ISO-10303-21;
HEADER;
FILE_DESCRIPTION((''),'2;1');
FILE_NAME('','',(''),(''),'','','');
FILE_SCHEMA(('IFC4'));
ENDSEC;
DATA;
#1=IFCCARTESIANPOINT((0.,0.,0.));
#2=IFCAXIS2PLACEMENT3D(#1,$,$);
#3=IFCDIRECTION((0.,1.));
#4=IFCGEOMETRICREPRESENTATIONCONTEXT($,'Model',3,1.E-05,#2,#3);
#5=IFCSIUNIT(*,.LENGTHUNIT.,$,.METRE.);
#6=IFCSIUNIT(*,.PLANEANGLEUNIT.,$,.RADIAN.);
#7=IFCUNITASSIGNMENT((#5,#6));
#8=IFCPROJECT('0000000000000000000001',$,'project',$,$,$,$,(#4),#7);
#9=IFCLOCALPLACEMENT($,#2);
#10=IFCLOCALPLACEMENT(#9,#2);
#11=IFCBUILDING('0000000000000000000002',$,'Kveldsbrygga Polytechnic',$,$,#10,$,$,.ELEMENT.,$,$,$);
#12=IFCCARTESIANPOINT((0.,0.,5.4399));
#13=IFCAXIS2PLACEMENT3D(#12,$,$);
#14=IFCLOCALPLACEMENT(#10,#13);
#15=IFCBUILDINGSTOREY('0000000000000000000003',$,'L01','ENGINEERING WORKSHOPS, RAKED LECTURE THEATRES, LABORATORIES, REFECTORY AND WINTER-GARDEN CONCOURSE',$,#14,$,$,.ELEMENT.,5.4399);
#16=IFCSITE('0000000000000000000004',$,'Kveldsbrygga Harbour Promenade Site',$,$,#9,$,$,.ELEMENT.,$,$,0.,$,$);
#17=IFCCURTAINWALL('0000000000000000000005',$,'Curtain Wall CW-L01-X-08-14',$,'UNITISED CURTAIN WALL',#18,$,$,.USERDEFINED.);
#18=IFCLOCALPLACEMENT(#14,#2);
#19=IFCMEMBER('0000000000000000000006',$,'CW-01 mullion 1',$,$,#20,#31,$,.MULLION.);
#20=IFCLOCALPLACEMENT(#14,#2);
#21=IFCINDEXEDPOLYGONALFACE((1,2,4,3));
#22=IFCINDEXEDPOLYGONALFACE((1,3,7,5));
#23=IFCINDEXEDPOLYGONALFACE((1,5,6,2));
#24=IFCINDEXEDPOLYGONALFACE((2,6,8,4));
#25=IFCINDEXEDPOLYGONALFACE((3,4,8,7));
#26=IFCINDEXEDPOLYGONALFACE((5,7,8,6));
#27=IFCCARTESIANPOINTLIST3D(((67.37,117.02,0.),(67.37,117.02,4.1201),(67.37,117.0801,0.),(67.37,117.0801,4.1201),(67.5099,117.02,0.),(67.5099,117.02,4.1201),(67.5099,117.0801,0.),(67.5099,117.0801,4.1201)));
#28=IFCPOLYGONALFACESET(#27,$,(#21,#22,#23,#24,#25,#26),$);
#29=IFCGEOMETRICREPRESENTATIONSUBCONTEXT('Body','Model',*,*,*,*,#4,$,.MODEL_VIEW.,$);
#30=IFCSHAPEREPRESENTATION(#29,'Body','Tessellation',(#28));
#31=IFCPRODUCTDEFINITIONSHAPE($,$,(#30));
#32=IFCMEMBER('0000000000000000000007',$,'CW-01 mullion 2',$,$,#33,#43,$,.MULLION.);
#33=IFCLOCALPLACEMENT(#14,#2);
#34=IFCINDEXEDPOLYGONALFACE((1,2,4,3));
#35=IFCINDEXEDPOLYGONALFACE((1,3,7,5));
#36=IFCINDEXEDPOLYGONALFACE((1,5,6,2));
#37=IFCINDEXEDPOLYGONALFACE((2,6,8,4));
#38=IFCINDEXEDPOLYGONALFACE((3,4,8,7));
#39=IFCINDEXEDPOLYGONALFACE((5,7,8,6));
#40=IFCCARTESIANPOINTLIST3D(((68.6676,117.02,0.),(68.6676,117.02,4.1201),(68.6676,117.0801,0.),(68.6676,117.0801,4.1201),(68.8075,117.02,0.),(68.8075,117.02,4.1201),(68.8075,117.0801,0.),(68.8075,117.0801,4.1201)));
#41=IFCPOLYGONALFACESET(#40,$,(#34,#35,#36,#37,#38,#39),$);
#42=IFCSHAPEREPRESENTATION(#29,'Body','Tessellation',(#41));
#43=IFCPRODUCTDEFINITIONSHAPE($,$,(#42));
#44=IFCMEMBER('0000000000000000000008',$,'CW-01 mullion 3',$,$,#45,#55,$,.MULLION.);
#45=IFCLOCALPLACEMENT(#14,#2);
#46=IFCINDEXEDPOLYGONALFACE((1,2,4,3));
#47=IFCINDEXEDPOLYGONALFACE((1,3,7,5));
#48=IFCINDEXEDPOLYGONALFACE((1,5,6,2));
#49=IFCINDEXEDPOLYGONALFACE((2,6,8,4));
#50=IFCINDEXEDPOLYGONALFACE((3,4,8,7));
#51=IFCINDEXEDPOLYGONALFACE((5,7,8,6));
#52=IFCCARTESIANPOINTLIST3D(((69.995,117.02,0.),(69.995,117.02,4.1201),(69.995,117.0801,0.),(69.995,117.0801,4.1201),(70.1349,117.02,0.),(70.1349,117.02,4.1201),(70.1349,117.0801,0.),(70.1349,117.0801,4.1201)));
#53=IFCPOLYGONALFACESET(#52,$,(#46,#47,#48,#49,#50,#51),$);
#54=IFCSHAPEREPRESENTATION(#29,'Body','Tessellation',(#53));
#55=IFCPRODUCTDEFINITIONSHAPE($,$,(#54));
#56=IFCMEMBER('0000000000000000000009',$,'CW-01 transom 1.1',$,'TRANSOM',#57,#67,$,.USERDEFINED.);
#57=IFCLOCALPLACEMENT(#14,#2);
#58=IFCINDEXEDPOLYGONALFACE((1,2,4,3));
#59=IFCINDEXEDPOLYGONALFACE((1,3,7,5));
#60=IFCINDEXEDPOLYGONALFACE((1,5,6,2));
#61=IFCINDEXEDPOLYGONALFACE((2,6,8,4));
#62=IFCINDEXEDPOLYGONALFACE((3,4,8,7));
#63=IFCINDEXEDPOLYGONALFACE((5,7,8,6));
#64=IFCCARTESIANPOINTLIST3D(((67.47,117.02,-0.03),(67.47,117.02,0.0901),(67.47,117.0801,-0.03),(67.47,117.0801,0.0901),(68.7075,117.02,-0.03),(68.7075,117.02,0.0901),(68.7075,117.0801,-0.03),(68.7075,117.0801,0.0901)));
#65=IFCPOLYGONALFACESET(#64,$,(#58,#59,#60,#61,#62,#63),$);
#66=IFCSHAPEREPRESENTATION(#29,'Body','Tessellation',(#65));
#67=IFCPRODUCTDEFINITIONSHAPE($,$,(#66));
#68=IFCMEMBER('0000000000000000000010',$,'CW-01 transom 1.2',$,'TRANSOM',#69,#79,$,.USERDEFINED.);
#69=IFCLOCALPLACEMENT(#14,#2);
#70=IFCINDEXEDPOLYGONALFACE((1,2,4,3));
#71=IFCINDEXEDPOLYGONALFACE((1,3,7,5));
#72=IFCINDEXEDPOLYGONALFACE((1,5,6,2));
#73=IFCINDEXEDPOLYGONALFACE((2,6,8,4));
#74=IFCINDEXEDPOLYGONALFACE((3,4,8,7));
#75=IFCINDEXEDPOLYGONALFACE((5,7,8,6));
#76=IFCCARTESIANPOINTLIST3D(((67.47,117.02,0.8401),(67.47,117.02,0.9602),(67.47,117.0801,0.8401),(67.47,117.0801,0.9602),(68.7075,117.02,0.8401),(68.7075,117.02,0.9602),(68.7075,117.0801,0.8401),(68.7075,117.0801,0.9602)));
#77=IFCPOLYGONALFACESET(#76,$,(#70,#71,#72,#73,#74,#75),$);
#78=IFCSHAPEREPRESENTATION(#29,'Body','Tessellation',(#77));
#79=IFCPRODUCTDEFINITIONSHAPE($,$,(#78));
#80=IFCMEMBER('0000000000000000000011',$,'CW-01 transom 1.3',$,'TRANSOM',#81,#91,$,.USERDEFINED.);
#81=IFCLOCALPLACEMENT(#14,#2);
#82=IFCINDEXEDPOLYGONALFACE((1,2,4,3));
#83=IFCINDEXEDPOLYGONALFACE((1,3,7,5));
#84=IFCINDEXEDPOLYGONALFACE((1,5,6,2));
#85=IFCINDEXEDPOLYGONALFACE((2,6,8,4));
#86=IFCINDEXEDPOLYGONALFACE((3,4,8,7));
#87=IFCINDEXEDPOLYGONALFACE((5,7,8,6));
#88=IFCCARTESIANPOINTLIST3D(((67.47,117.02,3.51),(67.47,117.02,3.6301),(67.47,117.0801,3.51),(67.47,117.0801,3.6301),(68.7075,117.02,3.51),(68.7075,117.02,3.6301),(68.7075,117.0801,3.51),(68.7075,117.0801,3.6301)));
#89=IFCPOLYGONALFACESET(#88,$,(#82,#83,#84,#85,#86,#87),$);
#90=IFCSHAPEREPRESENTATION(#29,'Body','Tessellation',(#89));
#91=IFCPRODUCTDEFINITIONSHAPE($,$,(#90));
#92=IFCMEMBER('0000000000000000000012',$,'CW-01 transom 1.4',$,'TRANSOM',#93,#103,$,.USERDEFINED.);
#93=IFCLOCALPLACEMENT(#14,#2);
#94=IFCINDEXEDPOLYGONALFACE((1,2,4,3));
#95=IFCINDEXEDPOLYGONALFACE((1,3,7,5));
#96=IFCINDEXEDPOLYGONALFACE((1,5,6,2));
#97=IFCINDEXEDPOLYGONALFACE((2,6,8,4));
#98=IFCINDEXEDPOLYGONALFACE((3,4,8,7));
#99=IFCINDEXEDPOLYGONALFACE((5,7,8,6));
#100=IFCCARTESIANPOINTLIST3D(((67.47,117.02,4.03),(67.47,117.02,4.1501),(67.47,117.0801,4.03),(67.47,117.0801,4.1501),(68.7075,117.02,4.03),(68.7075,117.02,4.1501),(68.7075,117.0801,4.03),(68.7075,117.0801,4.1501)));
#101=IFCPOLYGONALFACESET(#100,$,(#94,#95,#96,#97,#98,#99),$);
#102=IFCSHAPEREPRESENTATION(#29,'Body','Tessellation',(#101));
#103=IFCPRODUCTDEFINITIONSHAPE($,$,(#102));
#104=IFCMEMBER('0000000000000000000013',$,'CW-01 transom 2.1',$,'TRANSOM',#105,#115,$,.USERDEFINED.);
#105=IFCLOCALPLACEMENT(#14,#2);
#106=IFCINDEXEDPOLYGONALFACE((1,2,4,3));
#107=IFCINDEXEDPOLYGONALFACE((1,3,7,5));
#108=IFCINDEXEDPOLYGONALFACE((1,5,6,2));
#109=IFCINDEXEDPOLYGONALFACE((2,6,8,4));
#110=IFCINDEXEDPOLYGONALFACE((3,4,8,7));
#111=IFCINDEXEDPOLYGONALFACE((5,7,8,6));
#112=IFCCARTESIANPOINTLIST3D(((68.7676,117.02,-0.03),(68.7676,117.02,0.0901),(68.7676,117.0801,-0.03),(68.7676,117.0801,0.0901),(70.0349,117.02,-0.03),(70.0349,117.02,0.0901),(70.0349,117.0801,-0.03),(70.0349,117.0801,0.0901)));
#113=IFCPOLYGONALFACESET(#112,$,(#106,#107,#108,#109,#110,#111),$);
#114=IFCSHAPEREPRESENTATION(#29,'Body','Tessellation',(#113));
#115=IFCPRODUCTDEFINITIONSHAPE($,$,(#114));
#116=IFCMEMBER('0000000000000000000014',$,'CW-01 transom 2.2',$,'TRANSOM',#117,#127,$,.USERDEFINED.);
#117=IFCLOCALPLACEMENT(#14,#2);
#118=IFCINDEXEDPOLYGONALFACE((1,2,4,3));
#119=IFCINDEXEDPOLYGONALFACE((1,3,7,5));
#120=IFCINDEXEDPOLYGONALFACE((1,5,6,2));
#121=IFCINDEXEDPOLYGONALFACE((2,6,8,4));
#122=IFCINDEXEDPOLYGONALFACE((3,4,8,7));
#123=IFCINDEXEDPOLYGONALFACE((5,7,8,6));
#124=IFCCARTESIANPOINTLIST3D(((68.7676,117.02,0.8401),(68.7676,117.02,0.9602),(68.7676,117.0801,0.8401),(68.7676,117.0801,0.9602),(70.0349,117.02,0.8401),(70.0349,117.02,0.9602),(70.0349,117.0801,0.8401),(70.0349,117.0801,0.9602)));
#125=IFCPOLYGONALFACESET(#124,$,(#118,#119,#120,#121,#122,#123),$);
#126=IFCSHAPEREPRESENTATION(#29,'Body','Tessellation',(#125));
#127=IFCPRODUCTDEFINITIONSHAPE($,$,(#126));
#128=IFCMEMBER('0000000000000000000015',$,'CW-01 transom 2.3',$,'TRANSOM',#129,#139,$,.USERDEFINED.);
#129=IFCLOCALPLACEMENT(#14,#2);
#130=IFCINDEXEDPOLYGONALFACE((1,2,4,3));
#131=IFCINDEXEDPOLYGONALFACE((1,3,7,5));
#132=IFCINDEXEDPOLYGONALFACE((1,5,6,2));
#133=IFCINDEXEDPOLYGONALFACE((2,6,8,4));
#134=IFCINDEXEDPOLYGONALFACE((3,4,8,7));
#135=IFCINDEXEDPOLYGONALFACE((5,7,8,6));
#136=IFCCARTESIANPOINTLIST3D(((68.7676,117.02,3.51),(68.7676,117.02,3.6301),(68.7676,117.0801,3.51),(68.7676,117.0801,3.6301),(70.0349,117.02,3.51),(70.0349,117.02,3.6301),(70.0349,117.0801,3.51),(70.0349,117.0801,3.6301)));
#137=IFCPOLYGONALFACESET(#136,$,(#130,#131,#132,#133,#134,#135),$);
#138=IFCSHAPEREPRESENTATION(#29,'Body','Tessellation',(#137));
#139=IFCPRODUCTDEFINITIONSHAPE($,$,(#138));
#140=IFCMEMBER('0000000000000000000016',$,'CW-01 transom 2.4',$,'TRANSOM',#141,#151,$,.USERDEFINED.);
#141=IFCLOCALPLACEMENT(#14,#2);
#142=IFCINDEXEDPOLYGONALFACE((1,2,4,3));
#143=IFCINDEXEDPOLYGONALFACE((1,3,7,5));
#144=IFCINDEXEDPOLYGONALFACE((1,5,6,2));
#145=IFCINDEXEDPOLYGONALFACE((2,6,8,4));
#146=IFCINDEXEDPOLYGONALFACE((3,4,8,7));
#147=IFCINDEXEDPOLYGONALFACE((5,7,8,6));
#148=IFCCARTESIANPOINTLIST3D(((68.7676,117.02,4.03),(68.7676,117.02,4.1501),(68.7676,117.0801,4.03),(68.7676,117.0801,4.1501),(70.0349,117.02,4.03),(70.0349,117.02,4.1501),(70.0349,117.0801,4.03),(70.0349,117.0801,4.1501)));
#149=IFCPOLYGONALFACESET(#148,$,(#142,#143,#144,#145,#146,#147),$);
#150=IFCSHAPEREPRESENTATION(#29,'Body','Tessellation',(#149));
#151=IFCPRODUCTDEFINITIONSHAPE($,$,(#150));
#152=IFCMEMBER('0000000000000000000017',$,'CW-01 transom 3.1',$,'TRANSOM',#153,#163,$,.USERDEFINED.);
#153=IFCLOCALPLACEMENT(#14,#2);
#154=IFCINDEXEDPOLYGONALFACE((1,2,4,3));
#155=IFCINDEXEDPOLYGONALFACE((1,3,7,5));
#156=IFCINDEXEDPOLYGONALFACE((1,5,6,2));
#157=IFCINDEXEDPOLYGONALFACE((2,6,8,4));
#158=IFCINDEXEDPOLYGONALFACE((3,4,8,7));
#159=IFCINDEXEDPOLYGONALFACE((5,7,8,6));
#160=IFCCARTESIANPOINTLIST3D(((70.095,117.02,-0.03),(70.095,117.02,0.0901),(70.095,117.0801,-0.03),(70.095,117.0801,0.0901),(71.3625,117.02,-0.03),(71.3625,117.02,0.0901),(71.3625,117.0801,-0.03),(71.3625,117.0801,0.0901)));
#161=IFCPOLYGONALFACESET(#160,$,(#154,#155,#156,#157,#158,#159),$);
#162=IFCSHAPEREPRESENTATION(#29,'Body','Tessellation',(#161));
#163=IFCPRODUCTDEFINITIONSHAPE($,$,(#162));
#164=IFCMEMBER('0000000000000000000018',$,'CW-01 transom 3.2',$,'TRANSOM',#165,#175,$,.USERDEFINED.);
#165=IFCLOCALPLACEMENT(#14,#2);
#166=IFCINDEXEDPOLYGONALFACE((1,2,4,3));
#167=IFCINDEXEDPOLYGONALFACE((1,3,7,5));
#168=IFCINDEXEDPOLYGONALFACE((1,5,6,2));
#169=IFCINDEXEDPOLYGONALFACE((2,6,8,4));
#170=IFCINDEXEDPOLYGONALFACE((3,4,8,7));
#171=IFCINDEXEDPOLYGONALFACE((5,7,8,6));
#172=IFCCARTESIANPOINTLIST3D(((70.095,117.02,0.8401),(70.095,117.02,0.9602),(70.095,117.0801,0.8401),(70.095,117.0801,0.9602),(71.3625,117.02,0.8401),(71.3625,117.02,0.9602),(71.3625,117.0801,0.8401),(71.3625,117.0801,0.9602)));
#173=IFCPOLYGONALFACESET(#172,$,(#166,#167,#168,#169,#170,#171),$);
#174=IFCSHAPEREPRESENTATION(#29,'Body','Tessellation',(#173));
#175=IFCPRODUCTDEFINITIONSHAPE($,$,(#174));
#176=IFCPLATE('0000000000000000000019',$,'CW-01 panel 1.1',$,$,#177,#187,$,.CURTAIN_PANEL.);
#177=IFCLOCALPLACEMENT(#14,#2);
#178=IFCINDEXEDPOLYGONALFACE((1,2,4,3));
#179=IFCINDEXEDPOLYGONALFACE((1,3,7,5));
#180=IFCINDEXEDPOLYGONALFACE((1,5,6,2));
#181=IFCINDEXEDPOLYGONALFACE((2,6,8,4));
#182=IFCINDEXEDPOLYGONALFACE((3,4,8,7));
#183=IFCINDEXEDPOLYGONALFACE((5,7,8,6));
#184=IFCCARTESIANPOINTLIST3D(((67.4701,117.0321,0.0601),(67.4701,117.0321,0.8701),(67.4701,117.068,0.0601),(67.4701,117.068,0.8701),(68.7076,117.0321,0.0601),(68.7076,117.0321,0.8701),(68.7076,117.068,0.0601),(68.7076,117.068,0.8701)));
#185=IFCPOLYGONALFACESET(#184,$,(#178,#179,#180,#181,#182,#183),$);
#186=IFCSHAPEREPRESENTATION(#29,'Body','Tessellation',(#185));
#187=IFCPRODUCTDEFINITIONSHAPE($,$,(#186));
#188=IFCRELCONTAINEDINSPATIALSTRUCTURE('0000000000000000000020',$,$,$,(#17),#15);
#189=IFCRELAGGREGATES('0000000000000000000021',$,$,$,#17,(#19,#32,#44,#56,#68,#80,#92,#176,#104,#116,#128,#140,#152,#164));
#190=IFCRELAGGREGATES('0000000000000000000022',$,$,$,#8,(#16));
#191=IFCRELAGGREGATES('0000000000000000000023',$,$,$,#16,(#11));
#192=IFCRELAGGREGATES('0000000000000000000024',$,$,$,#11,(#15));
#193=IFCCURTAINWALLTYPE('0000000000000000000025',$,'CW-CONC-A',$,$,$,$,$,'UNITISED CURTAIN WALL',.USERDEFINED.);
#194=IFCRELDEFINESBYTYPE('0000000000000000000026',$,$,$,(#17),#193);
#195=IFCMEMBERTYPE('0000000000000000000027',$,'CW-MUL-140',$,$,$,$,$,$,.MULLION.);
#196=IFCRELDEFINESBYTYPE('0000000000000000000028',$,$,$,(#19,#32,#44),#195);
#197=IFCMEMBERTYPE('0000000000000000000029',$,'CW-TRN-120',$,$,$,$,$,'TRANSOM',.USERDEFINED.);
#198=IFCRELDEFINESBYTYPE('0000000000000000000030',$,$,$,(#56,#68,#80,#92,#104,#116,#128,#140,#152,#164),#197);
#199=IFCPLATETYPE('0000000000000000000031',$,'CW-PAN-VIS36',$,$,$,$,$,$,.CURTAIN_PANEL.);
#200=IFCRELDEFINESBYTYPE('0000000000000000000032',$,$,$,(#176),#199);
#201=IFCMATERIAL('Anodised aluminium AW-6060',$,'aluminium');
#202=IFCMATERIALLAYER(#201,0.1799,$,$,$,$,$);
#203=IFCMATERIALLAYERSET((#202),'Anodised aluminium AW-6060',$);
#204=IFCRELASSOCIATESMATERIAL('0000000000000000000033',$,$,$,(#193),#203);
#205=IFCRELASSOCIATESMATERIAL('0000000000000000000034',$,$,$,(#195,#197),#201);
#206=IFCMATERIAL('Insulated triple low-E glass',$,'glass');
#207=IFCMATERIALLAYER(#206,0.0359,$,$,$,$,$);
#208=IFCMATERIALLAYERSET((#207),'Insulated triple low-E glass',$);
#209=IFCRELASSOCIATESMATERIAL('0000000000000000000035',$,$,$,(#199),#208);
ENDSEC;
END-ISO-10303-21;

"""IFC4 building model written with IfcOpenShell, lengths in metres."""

from ifc_helpers import new_model, si_unit, direction, frame, origin, origin_2d, place, context, subcontext, project, spatial, rectangle, extrude, material, layer, layer_set, material_profile, profile_set, type_object, element, aggregate, save


model = new_model("IFC4")

# Units and contexts
model_context = context("Model", 3, precision=1e-05, world=origin(), true_north=direction((0.0, 1.0)))
body_context = subcontext(model_context, "Body", "Model", "MODEL_VIEW")
ifc_project = project(units=[si_unit("LENGTHUNIT", "METRE"), si_unit("PLANEANGLEUNIT", "RADIAN")], contexts=[model_context])

# Site, building, storey
site_placement = place(None, origin())
site = spatial("IfcSite", under=ifc_project, at=site_placement, Name="Kveldsbrygga Harbour Promenade Site", CompositionType="ELEMENT", RefElevation=0.0)
building_placement = place(site_placement, origin())
building = spatial("IfcBuilding", under=site, at=building_placement, Name="Kveldsbrygga Polytechnic", CompositionType="ELEMENT")
storey_placement = place(building_placement, frame((0.0, 0.0, 5.4399)))
storey = spatial("IfcBuildingStorey", under=building, at=storey_placement, Name="L01", Description="ENGINEERING WORKSHOPS, RAKED LECTURE THEATRES, LABORATORIES, REFECTORY AND WINTER-GARDEN CONCOURSE", CompositionType="ELEMENT", Elevation=5.4399)

# Curtain wall, members, plate
ifc_material_1 = material(Name="Anodised aluminium AW-6060", Category="aluminium")
ifc_layer_1 = layer(ifc_material_1, 0.1799)
ifc_layer_set_1 = layer_set([ifc_layer_1], Name="Anodised aluminium AW-6060")
curtain_wall_type = type_object("IfcCurtainWallType", Name="CW-CONC-A", ElementType="UNITISED CURTAIN WALL", PredefinedType="USERDEFINED", material=ifc_layer_set_1)
curtain_wall_placement = place(storey_placement, origin())
curtain_wall = element("IfcCurtainWall", 1, at=curtain_wall_placement, inside=storey, type_object=curtain_wall_type, Name="Curtain Wall CW-L01-X-08-14", ObjectType="UNITISED CURTAIN WALL", PredefinedType="USERDEFINED")
ifc_material_profile_1 = material_profile(ifc_material_1, rectangle(XDim=0.0601, YDim=0.1399, at=origin_2d()), Name="ALU 60x140")
ifc_profile_set_1 = profile_set([ifc_material_profile_1], Name="Anodised aluminium AW-6060")
member_type_1 = type_object("IfcMemberType", Name="CW-MUL-140", PredefinedType="MULLION", material=ifc_profile_set_1)
member_1_placement = place(storey_placement, frame((67.4399, 117.05, 0.0), z_axis=(0.0, 0.0, 1.0), x_axis=(0.0, 1.0, 0.0)))
member_1 = element("IfcMember", 2, at=member_1_placement, type_object=member_type_1, Name="CW-01 mullion 1", PredefinedType="MULLION", context=body_context, shape_type="SweptSolid", body=[
    extrude(rectangle(XDim=0.0601, YDim=0.1399, at=origin_2d()), origin(), (0.0, 0.0, 1.0), 4.1201),
])
member_2_placement = place(storey_placement, frame((68.7375, 117.05, 0.0), z_axis=(0.0, 0.0, 1.0), x_axis=(0.0, 1.0, 0.0)))
member_2 = element("IfcMember", 3, at=member_2_placement, type_object=member_type_1, Name="CW-01 mullion 2", PredefinedType="MULLION", context=body_context, shape_type="SweptSolid", body=[
    extrude(rectangle(XDim=0.0601, YDim=0.1399, at=origin_2d()), origin(), (0.0, 0.0, 1.0), 4.1201),
])
member_3_placement = place(storey_placement, frame((70.0649, 117.05, 0.0), z_axis=(0.0, 0.0, 1.0), x_axis=(0.0, 1.0, 0.0)))
member_3 = element("IfcMember", 4, at=member_3_placement, type_object=member_type_1, Name="CW-01 mullion 3", PredefinedType="MULLION", context=body_context, shape_type="SweptSolid", body=[
    extrude(rectangle(XDim=0.0601, YDim=0.1399, at=origin_2d()), origin(), (0.0, 0.0, 1.0), 4.1201),
])
ifc_material_profile_2 = material_profile(ifc_material_1, rectangle(XDim=0.0601, YDim=0.1201, at=origin_2d()), Name="ALU 60x120")
ifc_profile_set_2 = profile_set([ifc_material_profile_2], Name="Anodised aluminium AW-6060")
member_type_2 = type_object("IfcMemberType", Name="CW-TRN-120", ElementType="TRANSOM", PredefinedType="USERDEFINED", material=ifc_profile_set_2)
member_4_placement = place(storey_placement, frame((67.47, 117.05, 0.03), z_axis=(1.0, 0.0, 0.0), x_axis=(0.0, 1.0, 0.0)))
member_4 = element("IfcMember", 5, at=member_4_placement, type_object=member_type_2, Name="CW-01 transom 1.1", ObjectType="TRANSOM", PredefinedType="USERDEFINED", context=body_context, shape_type="SweptSolid", body=[
    extrude(rectangle(XDim=0.0601, YDim=0.1201, at=origin_2d()), origin(), (0.0, 0.0, 1.0), 1.2375),
])
member_5_placement = place(storey_placement, frame((67.47, 117.05, 0.9001), z_axis=(1.0, 0.0, 0.0), x_axis=(0.0, 1.0, 0.0)))
member_5 = element("IfcMember", 6, at=member_5_placement, type_object=member_type_2, Name="CW-01 transom 1.2", ObjectType="TRANSOM", PredefinedType="USERDEFINED", context=body_context, shape_type="SweptSolid", body=[
    extrude(rectangle(XDim=0.0601, YDim=0.1201, at=origin_2d()), origin(), (0.0, 0.0, 1.0), 1.2375),
])
member_6_placement = place(storey_placement, frame((67.47, 117.05, 3.5701), z_axis=(1.0, 0.0, 0.0), x_axis=(0.0, 1.0, 0.0)))
member_6 = element("IfcMember", 7, at=member_6_placement, type_object=member_type_2, Name="CW-01 transom 1.3", ObjectType="TRANSOM", PredefinedType="USERDEFINED", context=body_context, shape_type="SweptSolid", body=[
    extrude(rectangle(XDim=0.0601, YDim=0.1201, at=origin_2d()), origin(), (0.0, 0.0, 1.0), 1.2375),
])
member_7_placement = place(storey_placement, frame((67.47, 117.05, 4.0901), z_axis=(1.0, 0.0, 0.0), x_axis=(0.0, 1.0, 0.0)))
member_7 = element("IfcMember", 8, at=member_7_placement, type_object=member_type_2, Name="CW-01 transom 1.4", ObjectType="TRANSOM", PredefinedType="USERDEFINED", context=body_context, shape_type="SweptSolid", body=[
    extrude(rectangle(XDim=0.0601, YDim=0.1201, at=origin_2d()), origin(), (0.0, 0.0, 1.0), 1.2375),
])
member_8_placement = place(storey_placement, frame((68.7676, 117.05, 0.03), z_axis=(1.0, 0.0, 0.0), x_axis=(0.0, 1.0, 0.0)))
member_8 = element("IfcMember", 9, at=member_8_placement, type_object=member_type_2, Name="CW-01 transom 2.1", ObjectType="TRANSOM", PredefinedType="USERDEFINED", context=body_context, shape_type="SweptSolid", body=[
    extrude(rectangle(XDim=0.0601, YDim=0.1201, at=origin_2d()), origin(), (0.0, 0.0, 1.0), 1.2673),
])
member_9_placement = place(storey_placement, frame((68.7676, 117.05, 0.9001), z_axis=(1.0, 0.0, 0.0), x_axis=(0.0, 1.0, 0.0)))
member_9 = element("IfcMember", 10, at=member_9_placement, type_object=member_type_2, Name="CW-01 transom 2.2", ObjectType="TRANSOM", PredefinedType="USERDEFINED", context=body_context, shape_type="SweptSolid", body=[
    extrude(rectangle(XDim=0.0601, YDim=0.1201, at=origin_2d()), origin(), (0.0, 0.0, 1.0), 1.2673),
])
member_10_placement = place(storey_placement, frame((68.7676, 117.05, 3.5701), z_axis=(1.0, 0.0, 0.0), x_axis=(0.0, 1.0, 0.0)))
member_10 = element("IfcMember", 11, at=member_10_placement, type_object=member_type_2, Name="CW-01 transom 2.3", ObjectType="TRANSOM", PredefinedType="USERDEFINED", context=body_context, shape_type="SweptSolid", body=[
    extrude(rectangle(XDim=0.0601, YDim=0.1201, at=origin_2d()), origin(), (0.0, 0.0, 1.0), 1.2673),
])
member_11_placement = place(storey_placement, frame((68.7676, 117.05, 4.0901), z_axis=(1.0, 0.0, 0.0), x_axis=(0.0, 1.0, 0.0)))
member_11 = element("IfcMember", 12, at=member_11_placement, type_object=member_type_2, Name="CW-01 transom 2.4", ObjectType="TRANSOM", PredefinedType="USERDEFINED", context=body_context, shape_type="SweptSolid", body=[
    extrude(rectangle(XDim=0.0601, YDim=0.1201, at=origin_2d()), origin(), (0.0, 0.0, 1.0), 1.2673),
])
member_12_placement = place(storey_placement, frame((70.095, 117.05, 0.03), z_axis=(1.0, 0.0, 0.0), x_axis=(0.0, 1.0, 0.0)))
member_12 = element("IfcMember", 13, at=member_12_placement, type_object=member_type_2, Name="CW-01 transom 3.1", ObjectType="TRANSOM", PredefinedType="USERDEFINED", context=body_context, shape_type="SweptSolid", body=[
    extrude(rectangle(XDim=0.0601, YDim=0.1201, at=origin_2d()), origin(), (0.0, 0.0, 1.0), 1.2676),
])
member_13_placement = place(storey_placement, frame((70.095, 117.05, 0.9001), z_axis=(1.0, 0.0, 0.0), x_axis=(0.0, 1.0, 0.0)))
member_13 = element("IfcMember", 14, at=member_13_placement, type_object=member_type_2, Name="CW-01 transom 3.2", ObjectType="TRANSOM", PredefinedType="USERDEFINED", context=body_context, shape_type="SweptSolid", body=[
    extrude(rectangle(XDim=0.0601, YDim=0.1201, at=origin_2d()), origin(), (0.0, 0.0, 1.0), 1.2676),
])
ifc_material_2 = material(Name="Insulated triple low-E glass", Category="glass")
ifc_layer_2 = layer(ifc_material_2, 0.0359)
ifc_layer_set_2 = layer_set([ifc_layer_2], Name="Insulated triple low-E glass")
plate_type = type_object("IfcPlateType", Name="CW-PAN-VIS36", PredefinedType="CURTAIN_PANEL", material=ifc_layer_set_2)
plate_1_placement = place(storey_placement, frame((68.0889, 117.05, 0.0601), z_axis=(0.0, 0.0, 1.0), x_axis=(1.0, 0.0, 0.0)))
plate_1 = element("IfcPlate", 15, at=plate_1_placement, type_object=plate_type, Name="CW-01 panel 1.1", PredefinedType="CURTAIN_PANEL", context=body_context, shape_type="SweptSolid", body=[
    extrude(rectangle(XDim=1.2375, YDim=0.0359, at=origin_2d()), origin(), (0.0, 0.0, 1.0), 0.8101),
])
aggregate(curtain_wall, [member_1, member_2, member_3, member_4, member_5, member_6, member_7, plate_1, member_8, member_9, member_10, member_11, member_12, member_13])

save(model, "model.ifc")
